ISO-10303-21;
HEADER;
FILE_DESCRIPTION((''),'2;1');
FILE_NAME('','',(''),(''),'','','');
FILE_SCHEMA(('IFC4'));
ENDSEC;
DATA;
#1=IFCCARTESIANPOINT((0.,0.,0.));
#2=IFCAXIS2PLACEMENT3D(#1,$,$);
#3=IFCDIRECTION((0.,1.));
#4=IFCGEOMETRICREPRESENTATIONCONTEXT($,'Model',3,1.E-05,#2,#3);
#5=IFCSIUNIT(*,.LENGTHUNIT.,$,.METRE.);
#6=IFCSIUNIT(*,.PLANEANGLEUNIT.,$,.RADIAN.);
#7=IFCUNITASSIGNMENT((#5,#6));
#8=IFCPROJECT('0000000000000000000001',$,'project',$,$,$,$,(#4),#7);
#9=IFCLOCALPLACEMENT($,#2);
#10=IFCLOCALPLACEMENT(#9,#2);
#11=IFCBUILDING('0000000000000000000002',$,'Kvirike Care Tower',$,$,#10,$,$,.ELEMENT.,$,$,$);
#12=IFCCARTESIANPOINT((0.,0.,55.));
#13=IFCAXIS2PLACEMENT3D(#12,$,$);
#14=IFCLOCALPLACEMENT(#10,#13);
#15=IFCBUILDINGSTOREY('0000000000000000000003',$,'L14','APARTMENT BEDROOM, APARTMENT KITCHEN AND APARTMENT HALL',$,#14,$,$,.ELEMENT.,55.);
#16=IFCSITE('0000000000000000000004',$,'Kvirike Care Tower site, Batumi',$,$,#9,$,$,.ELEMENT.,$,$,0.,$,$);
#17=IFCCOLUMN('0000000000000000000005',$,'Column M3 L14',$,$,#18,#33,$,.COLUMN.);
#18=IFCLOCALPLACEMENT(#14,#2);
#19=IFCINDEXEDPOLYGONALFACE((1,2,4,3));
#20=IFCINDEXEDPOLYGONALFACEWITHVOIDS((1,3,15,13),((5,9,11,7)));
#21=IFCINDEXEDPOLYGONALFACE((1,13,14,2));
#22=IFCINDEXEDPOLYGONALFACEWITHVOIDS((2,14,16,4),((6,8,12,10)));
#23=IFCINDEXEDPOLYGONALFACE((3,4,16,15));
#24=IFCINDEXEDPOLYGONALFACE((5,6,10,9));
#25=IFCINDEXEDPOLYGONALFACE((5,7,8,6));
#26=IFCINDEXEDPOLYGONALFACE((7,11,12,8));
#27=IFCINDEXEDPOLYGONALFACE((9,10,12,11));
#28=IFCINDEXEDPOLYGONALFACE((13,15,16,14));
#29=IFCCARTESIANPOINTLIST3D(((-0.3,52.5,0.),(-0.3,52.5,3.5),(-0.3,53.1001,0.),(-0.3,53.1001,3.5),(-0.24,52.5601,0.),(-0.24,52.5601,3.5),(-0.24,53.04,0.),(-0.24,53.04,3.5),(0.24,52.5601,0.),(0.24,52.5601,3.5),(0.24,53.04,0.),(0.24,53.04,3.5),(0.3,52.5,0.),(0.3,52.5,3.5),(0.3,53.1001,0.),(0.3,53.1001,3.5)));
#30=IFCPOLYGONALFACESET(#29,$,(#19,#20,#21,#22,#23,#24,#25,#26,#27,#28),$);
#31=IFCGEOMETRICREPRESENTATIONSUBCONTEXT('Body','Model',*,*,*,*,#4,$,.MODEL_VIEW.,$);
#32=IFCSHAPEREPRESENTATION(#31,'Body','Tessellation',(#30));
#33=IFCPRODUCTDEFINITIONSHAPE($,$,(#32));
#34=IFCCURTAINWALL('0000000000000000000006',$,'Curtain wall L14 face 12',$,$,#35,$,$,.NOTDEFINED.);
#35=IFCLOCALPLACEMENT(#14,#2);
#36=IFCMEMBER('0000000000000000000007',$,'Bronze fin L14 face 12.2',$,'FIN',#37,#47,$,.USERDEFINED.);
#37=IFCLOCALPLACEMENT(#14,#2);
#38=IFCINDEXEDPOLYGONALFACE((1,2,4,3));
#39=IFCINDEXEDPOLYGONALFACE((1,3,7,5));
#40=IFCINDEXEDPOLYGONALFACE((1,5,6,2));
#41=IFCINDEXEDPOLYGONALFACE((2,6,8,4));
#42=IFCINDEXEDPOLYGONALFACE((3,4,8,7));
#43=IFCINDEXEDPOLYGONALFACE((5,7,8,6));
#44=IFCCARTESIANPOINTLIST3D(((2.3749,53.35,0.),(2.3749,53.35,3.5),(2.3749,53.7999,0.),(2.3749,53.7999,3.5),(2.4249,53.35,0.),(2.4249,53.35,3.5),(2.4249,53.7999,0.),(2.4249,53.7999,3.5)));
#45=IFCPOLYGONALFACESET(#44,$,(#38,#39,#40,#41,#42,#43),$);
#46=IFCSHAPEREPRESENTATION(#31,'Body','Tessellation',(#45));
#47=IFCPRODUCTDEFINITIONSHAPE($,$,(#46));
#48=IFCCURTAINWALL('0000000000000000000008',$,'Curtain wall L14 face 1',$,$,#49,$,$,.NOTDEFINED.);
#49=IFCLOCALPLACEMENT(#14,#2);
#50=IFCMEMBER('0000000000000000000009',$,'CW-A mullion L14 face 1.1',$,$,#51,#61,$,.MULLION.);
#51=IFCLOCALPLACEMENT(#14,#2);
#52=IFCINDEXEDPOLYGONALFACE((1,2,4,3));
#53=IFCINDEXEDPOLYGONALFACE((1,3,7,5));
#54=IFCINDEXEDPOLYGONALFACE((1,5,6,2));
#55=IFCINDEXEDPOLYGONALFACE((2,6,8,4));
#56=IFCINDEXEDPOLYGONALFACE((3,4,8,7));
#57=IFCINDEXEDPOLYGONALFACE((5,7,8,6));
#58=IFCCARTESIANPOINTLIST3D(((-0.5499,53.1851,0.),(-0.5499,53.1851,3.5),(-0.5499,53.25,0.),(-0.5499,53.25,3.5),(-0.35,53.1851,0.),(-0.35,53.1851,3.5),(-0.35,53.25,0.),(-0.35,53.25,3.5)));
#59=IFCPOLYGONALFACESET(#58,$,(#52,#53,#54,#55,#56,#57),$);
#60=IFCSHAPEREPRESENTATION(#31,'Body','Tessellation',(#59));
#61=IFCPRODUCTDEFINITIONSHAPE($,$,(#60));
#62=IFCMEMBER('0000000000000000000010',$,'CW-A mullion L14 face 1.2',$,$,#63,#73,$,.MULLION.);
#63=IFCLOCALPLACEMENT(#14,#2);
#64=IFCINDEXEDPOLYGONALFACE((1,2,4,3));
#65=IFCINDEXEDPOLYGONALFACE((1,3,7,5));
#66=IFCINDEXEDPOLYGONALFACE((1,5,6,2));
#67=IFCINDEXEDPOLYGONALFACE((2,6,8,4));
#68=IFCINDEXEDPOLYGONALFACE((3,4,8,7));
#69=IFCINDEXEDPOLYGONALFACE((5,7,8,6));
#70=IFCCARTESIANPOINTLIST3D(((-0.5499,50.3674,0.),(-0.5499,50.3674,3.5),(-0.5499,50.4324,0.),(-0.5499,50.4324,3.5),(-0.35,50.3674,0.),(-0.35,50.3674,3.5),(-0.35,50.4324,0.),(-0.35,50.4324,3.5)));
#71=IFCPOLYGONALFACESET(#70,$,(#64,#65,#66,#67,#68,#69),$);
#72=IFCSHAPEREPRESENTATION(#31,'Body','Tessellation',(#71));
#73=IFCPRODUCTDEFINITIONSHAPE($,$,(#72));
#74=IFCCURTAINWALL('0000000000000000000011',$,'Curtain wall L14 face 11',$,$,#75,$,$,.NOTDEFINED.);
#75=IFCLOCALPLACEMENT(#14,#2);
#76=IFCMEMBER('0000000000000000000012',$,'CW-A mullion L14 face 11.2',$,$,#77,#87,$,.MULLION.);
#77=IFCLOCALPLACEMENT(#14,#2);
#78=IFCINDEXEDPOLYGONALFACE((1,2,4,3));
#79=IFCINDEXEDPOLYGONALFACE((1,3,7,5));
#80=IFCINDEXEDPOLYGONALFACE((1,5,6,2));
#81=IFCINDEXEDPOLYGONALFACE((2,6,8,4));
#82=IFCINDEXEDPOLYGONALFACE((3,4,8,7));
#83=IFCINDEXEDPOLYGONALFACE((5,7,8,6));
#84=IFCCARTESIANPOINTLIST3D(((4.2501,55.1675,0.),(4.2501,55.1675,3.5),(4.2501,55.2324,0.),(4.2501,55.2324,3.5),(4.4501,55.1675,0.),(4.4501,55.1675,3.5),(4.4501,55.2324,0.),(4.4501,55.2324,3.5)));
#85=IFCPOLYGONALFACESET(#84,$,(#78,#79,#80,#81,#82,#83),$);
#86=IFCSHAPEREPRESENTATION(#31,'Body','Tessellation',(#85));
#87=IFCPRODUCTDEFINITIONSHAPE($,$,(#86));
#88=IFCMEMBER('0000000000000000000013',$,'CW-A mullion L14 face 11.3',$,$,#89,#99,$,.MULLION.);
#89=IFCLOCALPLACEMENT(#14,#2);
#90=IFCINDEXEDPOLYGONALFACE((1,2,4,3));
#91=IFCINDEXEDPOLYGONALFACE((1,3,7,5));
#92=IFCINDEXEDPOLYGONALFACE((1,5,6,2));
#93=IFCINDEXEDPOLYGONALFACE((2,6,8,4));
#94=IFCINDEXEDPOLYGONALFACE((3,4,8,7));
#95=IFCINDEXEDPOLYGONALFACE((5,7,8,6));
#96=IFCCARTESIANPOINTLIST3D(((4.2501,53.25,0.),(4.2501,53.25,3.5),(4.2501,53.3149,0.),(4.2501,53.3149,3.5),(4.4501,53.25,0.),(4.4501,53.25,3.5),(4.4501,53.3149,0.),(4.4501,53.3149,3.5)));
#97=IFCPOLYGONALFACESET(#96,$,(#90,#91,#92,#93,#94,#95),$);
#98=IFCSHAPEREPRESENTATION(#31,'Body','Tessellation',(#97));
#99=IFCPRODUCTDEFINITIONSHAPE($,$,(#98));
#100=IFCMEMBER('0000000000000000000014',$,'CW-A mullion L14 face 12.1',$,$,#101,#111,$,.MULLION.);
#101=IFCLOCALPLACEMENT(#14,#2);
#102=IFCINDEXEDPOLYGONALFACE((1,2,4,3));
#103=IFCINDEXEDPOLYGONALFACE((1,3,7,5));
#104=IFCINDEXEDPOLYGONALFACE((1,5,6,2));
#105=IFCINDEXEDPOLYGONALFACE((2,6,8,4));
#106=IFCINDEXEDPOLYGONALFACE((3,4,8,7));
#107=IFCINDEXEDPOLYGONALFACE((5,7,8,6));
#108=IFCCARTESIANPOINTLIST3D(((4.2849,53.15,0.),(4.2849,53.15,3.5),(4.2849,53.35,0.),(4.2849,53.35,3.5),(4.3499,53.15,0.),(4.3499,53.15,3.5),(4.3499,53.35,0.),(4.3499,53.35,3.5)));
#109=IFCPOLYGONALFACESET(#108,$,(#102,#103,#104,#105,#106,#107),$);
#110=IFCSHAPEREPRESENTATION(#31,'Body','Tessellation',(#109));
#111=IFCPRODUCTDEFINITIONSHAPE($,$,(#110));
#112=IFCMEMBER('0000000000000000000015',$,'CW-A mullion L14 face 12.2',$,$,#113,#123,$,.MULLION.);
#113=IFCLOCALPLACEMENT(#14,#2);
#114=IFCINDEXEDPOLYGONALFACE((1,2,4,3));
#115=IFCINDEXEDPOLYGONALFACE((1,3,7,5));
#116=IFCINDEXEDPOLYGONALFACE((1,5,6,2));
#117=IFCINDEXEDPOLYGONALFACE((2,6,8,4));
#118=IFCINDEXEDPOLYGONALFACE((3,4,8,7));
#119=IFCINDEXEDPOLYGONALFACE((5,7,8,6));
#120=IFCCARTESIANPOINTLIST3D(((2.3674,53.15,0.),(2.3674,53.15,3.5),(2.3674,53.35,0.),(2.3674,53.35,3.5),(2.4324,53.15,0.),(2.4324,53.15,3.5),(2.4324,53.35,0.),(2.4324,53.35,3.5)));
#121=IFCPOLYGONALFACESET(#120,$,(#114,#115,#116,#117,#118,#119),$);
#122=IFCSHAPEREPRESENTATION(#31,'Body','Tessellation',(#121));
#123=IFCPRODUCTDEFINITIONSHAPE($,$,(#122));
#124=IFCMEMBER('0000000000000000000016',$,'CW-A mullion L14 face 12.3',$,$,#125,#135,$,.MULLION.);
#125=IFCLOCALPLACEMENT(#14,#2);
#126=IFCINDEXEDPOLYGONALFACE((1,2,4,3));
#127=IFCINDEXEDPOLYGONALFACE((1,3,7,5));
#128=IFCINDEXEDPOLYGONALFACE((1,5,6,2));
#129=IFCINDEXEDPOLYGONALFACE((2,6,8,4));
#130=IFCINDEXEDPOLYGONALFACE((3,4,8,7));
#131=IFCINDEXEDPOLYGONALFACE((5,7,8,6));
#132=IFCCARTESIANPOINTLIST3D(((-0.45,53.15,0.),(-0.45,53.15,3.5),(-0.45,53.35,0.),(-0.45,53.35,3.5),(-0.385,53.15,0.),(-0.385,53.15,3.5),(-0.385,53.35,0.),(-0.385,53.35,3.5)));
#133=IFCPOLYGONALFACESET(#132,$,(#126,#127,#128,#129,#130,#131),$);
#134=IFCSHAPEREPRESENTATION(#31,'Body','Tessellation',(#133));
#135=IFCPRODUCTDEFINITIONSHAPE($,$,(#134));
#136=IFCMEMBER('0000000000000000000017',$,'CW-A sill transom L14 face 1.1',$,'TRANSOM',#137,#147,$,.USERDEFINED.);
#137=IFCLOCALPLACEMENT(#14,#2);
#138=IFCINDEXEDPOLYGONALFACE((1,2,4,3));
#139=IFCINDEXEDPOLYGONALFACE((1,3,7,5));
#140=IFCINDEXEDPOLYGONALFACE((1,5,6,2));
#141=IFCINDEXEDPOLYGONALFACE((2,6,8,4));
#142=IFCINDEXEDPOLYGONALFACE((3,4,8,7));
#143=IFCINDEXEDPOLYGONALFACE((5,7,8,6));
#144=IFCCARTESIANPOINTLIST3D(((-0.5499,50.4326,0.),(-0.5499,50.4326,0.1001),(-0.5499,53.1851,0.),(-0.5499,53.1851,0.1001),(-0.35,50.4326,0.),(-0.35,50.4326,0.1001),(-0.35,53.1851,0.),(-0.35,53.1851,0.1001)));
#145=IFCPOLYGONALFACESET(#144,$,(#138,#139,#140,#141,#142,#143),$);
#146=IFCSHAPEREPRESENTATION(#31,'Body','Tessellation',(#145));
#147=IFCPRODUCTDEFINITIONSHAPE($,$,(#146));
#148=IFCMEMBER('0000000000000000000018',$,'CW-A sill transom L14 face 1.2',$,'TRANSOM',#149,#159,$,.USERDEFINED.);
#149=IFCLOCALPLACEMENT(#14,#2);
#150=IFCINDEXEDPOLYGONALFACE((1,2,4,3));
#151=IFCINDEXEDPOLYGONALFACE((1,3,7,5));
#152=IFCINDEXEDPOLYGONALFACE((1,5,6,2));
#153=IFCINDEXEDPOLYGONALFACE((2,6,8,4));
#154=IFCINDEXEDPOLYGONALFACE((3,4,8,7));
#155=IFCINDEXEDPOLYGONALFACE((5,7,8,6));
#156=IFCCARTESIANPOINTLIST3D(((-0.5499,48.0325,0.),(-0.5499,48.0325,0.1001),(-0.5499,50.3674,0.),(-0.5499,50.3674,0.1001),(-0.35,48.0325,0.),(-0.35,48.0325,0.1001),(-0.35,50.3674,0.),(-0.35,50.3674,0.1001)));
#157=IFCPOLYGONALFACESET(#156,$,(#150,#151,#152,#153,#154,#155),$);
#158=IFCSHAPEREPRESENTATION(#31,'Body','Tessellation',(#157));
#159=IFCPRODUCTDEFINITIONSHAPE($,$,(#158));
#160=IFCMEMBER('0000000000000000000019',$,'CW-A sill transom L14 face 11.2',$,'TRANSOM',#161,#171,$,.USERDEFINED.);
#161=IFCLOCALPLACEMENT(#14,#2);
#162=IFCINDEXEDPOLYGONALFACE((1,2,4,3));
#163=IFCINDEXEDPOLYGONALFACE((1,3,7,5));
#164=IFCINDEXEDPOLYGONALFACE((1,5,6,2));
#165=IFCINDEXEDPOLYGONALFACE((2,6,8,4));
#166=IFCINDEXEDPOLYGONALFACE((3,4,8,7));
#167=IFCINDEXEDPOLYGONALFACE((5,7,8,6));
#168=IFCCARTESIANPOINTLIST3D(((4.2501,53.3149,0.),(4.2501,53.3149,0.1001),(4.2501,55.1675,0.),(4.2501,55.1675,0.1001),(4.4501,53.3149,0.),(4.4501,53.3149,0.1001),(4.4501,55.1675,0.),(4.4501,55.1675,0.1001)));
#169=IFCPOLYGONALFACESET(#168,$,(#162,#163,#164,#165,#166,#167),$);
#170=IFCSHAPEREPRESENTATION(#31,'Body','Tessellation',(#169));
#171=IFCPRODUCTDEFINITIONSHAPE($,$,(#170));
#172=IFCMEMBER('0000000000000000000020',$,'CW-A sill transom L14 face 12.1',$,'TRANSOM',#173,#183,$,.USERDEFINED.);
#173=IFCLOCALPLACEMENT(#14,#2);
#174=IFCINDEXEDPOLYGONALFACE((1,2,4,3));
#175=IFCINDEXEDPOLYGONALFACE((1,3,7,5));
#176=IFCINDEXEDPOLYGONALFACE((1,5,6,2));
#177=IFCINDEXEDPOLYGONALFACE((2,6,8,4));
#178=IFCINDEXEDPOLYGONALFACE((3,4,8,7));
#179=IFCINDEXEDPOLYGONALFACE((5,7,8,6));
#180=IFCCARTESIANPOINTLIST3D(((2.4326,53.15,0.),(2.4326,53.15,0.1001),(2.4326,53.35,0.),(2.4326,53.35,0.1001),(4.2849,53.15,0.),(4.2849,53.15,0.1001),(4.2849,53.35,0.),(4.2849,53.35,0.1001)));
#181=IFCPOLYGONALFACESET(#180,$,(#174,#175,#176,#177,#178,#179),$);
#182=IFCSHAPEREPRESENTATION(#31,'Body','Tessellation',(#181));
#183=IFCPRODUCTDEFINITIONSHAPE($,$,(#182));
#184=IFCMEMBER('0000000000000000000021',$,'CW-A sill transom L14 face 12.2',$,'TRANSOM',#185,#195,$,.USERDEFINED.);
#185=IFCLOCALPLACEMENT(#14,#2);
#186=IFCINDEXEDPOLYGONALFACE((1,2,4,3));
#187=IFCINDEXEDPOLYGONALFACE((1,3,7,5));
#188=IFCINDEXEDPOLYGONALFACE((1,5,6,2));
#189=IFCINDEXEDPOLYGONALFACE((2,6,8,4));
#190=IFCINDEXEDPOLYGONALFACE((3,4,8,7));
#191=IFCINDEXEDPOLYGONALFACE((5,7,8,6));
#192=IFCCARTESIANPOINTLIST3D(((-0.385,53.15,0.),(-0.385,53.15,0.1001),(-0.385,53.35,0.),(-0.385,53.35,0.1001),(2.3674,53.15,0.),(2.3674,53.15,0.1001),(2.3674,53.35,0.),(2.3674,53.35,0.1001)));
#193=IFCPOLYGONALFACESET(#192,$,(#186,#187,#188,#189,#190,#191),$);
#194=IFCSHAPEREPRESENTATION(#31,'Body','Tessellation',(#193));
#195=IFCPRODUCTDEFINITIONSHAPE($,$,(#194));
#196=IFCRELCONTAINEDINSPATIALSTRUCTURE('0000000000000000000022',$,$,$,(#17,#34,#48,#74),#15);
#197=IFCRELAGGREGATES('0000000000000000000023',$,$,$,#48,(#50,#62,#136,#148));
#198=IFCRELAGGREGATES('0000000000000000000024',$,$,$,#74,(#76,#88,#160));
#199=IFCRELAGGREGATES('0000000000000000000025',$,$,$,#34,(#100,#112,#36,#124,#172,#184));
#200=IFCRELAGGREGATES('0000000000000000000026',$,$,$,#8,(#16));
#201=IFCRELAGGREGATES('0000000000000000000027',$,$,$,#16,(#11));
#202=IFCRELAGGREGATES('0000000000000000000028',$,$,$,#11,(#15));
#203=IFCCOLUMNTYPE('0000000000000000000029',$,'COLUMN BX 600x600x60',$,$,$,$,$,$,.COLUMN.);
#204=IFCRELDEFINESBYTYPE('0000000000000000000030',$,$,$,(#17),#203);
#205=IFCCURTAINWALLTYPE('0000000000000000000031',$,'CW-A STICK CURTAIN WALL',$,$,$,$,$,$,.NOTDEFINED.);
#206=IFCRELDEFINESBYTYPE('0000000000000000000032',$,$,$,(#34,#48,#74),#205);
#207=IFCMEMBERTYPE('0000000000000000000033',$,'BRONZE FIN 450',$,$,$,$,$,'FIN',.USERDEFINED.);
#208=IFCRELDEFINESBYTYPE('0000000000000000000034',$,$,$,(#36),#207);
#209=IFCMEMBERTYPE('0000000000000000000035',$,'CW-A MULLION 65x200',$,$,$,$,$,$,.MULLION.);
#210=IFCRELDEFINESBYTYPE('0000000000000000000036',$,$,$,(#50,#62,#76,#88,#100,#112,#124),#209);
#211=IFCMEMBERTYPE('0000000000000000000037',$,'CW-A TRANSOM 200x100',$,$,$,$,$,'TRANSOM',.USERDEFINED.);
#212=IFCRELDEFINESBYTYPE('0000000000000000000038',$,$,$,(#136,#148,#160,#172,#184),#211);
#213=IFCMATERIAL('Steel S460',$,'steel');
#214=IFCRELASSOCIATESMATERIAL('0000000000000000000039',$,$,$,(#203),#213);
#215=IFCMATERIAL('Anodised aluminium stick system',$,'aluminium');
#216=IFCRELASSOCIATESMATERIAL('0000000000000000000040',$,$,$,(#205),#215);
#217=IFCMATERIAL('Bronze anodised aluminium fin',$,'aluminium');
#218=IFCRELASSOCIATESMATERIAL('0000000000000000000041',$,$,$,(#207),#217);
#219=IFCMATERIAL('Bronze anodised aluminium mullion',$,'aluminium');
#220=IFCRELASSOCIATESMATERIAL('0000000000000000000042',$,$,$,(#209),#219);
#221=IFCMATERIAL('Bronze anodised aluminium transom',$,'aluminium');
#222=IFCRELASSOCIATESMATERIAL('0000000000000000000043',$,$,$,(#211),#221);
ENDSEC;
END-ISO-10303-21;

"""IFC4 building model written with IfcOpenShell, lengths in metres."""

from ifc_helpers import new_model, si_unit, direction, frame, origin, origin_2d, place, context, subcontext, project, spatial, rectangle, hollow_rectangle, extrude, material, material_profile, profile_set, type_object, element, aggregate, save


model = new_model("IFC4")

# Units and contexts
model_context = context("Model", 3, precision=1e-05, world=origin(), true_north=direction((0.0, 1.0)))
body_context = subcontext(model_context, "Body", "Model", "MODEL_VIEW")
ifc_project = project(units=[si_unit("LENGTHUNIT", "METRE"), si_unit("PLANEANGLEUNIT", "RADIAN")], contexts=[model_context])

# Site, building, storey
site_placement = place(None, origin())
site = spatial("IfcSite", under=ifc_project, at=site_placement, Name="Kvirike Care Tower site, Batumi", CompositionType="ELEMENT", RefElevation=0.0)
building_placement = place(site_placement, origin())
building = spatial("IfcBuilding", under=site, at=building_placement, Name="Kvirike Care Tower", CompositionType="ELEMENT")
storey_placement = place(building_placement, frame((0.0, 0.0, 55.0)))
storey = spatial("IfcBuildingStorey", under=building, at=storey_placement, Name="L14", Description="APARTMENT BEDROOM, APARTMENT KITCHEN AND APARTMENT HALL", CompositionType="ELEMENT", Elevation=55.0)

# Column
ifc_material_1 = material(Name="Steel S460", Category="steel")
ifc_material_profile_1 = material_profile(ifc_material_1, hollow_rectangle(XDim=0.6001, YDim=0.6001, WallThickness=0.0601, at=origin_2d()), Name="BX 600x600x60")
ifc_profile_set_1 = profile_set([ifc_material_profile_1], Name="Steel S460")
column_type = type_object("IfcColumnType", Name="COLUMN BX 600x600x60", PredefinedType="COLUMN", material=ifc_profile_set_1)
column_placement = place(storey_placement, frame((0.0, 52.8, 0.0), z_axis=(0.0, 0.0, 1.0), x_axis=(0.0, 1.0, 0.0)))
element("IfcColumn", 1, at=column_placement, inside=storey, type_object=column_type, Name="Column M3 L14", PredefinedType="COLUMN", context=body_context, shape_type="SweptSolid", body=[
    extrude(hollow_rectangle(XDim=0.6001, YDim=0.6001, WallThickness=0.0601, at=origin_2d()), origin(), (0.0, 0.0, 1.0), 3.5),
])

# Curtain wall, member
ifc_material_2 = material(Name="Anodised aluminium stick system", Category="aluminium")
curtain_wall_type = type_object("IfcCurtainWallType", Name="CW-A STICK CURTAIN WALL", PredefinedType="NOTDEFINED", material=ifc_material_2)
curtain_wall_1_placement = place(storey_placement, origin())
curtain_wall_1 = element("IfcCurtainWall", 2, at=curtain_wall_1_placement, inside=storey, type_object=curtain_wall_type, Name="Curtain wall L14 face 12", PredefinedType="NOTDEFINED")
ifc_material_3 = material(Name="Bronze anodised aluminium fin", Category="aluminium")
ifc_material_profile_2 = material_profile(ifc_material_3, rectangle(XDim=0.05, YDim=0.45, at=origin_2d()), Name="BRONZE FIN 450")
ifc_profile_set_2 = profile_set([ifc_material_profile_2], Name="Bronze anodised aluminium fin")
member_type_1 = type_object("IfcMemberType", Name="BRONZE FIN 450", ElementType="FIN", PredefinedType="USERDEFINED", material=ifc_profile_set_2)
member_1_placement = place(storey_placement, frame((2.3999, 53.575, 0.0), z_axis=(0.0, 0.0, 1.0), x_axis=(-1.0, 0.0, 0.0)))
member_1 = element("IfcMember", 3, at=member_1_placement, type_object=member_type_1, Name="Bronze fin L14 face 12.2", ObjectType="FIN", PredefinedType="USERDEFINED", context=body_context, shape_type="SweptSolid", body=[
    extrude(rectangle(XDim=0.05, YDim=0.45, at=origin_2d()), origin(), (0.0, 0.0, 1.0), 3.5),
])

# Curtain walls, members
curtain_wall_2_placement = place(storey_placement, origin())
curtain_wall_2 = element("IfcCurtainWall", 4, at=curtain_wall_2_placement, inside=storey, type_object=curtain_wall_type, Name="Curtain wall L14 face 1", PredefinedType="NOTDEFINED")
ifc_material_4 = material(Name="Bronze anodised aluminium mullion", Category="aluminium")
ifc_material_profile_3 = material_profile(ifc_material_4, rectangle(XDim=0.0649, YDim=0.2, at=origin_2d()), Name="CW-A MULLION 65x200")
ifc_profile_set_3 = profile_set([ifc_material_profile_3], Name="Bronze anodised aluminium mullion")
member_type_2 = type_object("IfcMemberType", Name="CW-A MULLION 65x200", PredefinedType="MULLION", material=ifc_profile_set_3)
member_2_placement = place(storey_placement, frame((-0.45, 53.2175, 0.0), z_axis=(0.0, 0.0, 1.0), x_axis=(0.0, -1.0, 0.0)))
member_2 = element("IfcMember", 5, at=member_2_placement, type_object=member_type_2, Name="CW-A mullion L14 face 1.1", PredefinedType="MULLION", context=body_context, shape_type="SweptSolid", body=[
    extrude(rectangle(XDim=0.0649, YDim=0.2, at=origin_2d()), origin(), (0.0, 0.0, 1.0), 3.5),
])
member_3_placement = place(storey_placement, frame((-0.45, 50.3999, 0.0), z_axis=(0.0, 0.0, 1.0), x_axis=(0.0, -1.0, 0.0)))
member_3 = element("IfcMember", 6, at=member_3_placement, type_object=member_type_2, Name="CW-A mullion L14 face 1.2", PredefinedType="MULLION", context=body_context, shape_type="SweptSolid", body=[
    extrude(rectangle(XDim=0.0649, YDim=0.2, at=origin_2d()), origin(), (0.0, 0.0, 1.0), 3.5),
])
curtain_wall_3_placement = place(storey_placement, origin())
curtain_wall_3 = element("IfcCurtainWall", 7, at=curtain_wall_3_placement, inside=storey, type_object=curtain_wall_type, Name="Curtain wall L14 face 11", PredefinedType="NOTDEFINED")
member_4_placement = place(storey_placement, frame((4.3501, 55.2, 0.0), z_axis=(0.0, 0.0, 1.0), x_axis=(0.0, -1.0, 0.0)))
member_4 = element("IfcMember", 8, at=member_4_placement, type_object=member_type_2, Name="CW-A mullion L14 face 11.2", PredefinedType="MULLION", context=body_context, shape_type="SweptSolid", body=[
    extrude(rectangle(XDim=0.0649, YDim=0.2, at=origin_2d()), origin(), (0.0, 0.0, 1.0), 3.5),
])
member_5_placement = place(storey_placement, frame((4.3501, 53.2825, 0.0), z_axis=(0.0, 0.0, 1.0), x_axis=(0.0, -1.0, 0.0)))
member_5 = element("IfcMember", 9, at=member_5_placement, type_object=member_type_2, Name="CW-A mullion L14 face 11.3", PredefinedType="MULLION", context=body_context, shape_type="SweptSolid", body=[
    extrude(rectangle(XDim=0.0649, YDim=0.2, at=origin_2d()), origin(), (0.0, 0.0, 1.0), 3.5),
])

# Members
member_6_placement = place(storey_placement, frame((4.3174, 53.25, 0.0), z_axis=(0.0, 0.0, 1.0), x_axis=(-1.0, 0.0, 0.0)))
member_6 = element("IfcMember", 10, at=member_6_placement, type_object=member_type_2, Name="CW-A mullion L14 face 12.1", PredefinedType="MULLION", context=body_context, shape_type="SweptSolid", body=[
    extrude(rectangle(XDim=0.0649, YDim=0.2, at=origin_2d()), origin(), (0.0, 0.0, 1.0), 3.5),
])
member_7_placement = place(storey_placement, frame((2.3999, 53.25, 0.0), z_axis=(0.0, 0.0, 1.0), x_axis=(-1.0, 0.0, 0.0)))
member_7 = element("IfcMember", 11, at=member_7_placement, type_object=member_type_2, Name="CW-A mullion L14 face 12.2", PredefinedType="MULLION", context=body_context, shape_type="SweptSolid", body=[
    extrude(rectangle(XDim=0.0649, YDim=0.2, at=origin_2d()), origin(), (0.0, 0.0, 1.0), 3.5),
])
member_8_placement = place(storey_placement, frame((-0.4175, 53.25, 0.0), z_axis=(0.0, 0.0, 1.0), x_axis=(-1.0, 0.0, 0.0)))
member_8 = element("IfcMember", 12, at=member_8_placement, type_object=member_type_2, Name="CW-A mullion L14 face 12.3", PredefinedType="MULLION", context=body_context, shape_type="SweptSolid", body=[
    extrude(rectangle(XDim=0.0649, YDim=0.2, at=origin_2d()), origin(), (0.0, 0.0, 1.0), 3.5),
])
ifc_material_5 = material(Name="Bronze anodised aluminium transom", Category="aluminium")
ifc_material_profile_4 = material_profile(ifc_material_5, rectangle(XDim=0.2, YDim=0.1001, at=origin_2d()), Name="CW-A TRANSOM 200x100")
ifc_profile_set_4 = profile_set([ifc_material_profile_4], Name="Bronze anodised aluminium transom")
member_type_3 = type_object("IfcMemberType", Name="CW-A TRANSOM 200x100", ElementType="TRANSOM", PredefinedType="USERDEFINED", material=ifc_profile_set_4)
member_9_placement = place(storey_placement, frame((-0.45, 53.1851, 0.05), z_axis=(0.0, -1.0, 0.0), x_axis=(1.0, 0.0, 0.0)))
member_9 = element("IfcMember", 13, at=member_9_placement, type_object=member_type_3, Name="CW-A sill transom L14 face 1.1", ObjectType="TRANSOM", PredefinedType="USERDEFINED", context=body_context, shape_type="SweptSolid", body=[
    extrude(rectangle(XDim=0.2, YDim=0.1001, at=origin_2d()), origin(), (0.0, 0.0, 1.0), 2.7524),
])
member_10_placement = place(storey_placement, frame((-0.45, 50.3674, 0.05), z_axis=(0.0, -1.0, 0.0), x_axis=(1.0, 0.0, 0.0)))
member_10 = element("IfcMember", 14, at=member_10_placement, type_object=member_type_3, Name="CW-A sill transom L14 face 1.2", ObjectType="TRANSOM", PredefinedType="USERDEFINED", context=body_context, shape_type="SweptSolid", body=[
    extrude(rectangle(XDim=0.2, YDim=0.1001, at=origin_2d()), origin(), (0.0, 0.0, 1.0), 2.335),
])
member_11_placement = place(storey_placement, frame((4.3501, 55.1675, 0.05), z_axis=(0.0, -1.0, 0.0), x_axis=(1.0, 0.0, 0.0)))
member_11 = element("IfcMember", 15, at=member_11_placement, type_object=member_type_3, Name="CW-A sill transom L14 face 11.2", ObjectType="TRANSOM", PredefinedType="USERDEFINED", context=body_context, shape_type="SweptSolid", body=[
    extrude(rectangle(XDim=0.2, YDim=0.1001, at=origin_2d()), origin(), (0.0, 0.0, 1.0), 1.8525),
])
member_12_placement = place(storey_placement, frame((4.2849, 53.25, 0.05), z_axis=(-1.0, 0.0, 0.0), x_axis=(0.0, -1.0, 0.0)))
member_12 = element("IfcMember", 16, at=member_12_placement, type_object=member_type_3, Name="CW-A sill transom L14 face 12.1", ObjectType="TRANSOM", PredefinedType="USERDEFINED", context=body_context, shape_type="SweptSolid", body=[
    extrude(rectangle(XDim=0.2, YDim=0.1001, at=origin_2d()), origin(), (0.0, 0.0, 1.0), 1.8523),
])
member_13_placement = place(storey_placement, frame((2.3674, 53.25, 0.05), z_axis=(-1.0, 0.0, 0.0), x_axis=(0.0, -1.0, 0.0)))
member_13 = element("IfcMember", 17, at=member_13_placement, type_object=member_type_3, Name="CW-A sill transom L14 face 12.2", ObjectType="TRANSOM", PredefinedType="USERDEFINED", context=body_context, shape_type="SweptSolid", body=[
    extrude(rectangle(XDim=0.2, YDim=0.1001, at=origin_2d()), origin(), (0.0, 0.0, 1.0), 2.7524),
])

aggregate(curtain_wall_2, [member_2, member_3, member_9, member_10])
aggregate(curtain_wall_3, [member_4, member_5, member_11])
aggregate(curtain_wall_1, [member_6, member_7, member_1, member_8, member_12, member_13])

save(model, "model.ifc")
